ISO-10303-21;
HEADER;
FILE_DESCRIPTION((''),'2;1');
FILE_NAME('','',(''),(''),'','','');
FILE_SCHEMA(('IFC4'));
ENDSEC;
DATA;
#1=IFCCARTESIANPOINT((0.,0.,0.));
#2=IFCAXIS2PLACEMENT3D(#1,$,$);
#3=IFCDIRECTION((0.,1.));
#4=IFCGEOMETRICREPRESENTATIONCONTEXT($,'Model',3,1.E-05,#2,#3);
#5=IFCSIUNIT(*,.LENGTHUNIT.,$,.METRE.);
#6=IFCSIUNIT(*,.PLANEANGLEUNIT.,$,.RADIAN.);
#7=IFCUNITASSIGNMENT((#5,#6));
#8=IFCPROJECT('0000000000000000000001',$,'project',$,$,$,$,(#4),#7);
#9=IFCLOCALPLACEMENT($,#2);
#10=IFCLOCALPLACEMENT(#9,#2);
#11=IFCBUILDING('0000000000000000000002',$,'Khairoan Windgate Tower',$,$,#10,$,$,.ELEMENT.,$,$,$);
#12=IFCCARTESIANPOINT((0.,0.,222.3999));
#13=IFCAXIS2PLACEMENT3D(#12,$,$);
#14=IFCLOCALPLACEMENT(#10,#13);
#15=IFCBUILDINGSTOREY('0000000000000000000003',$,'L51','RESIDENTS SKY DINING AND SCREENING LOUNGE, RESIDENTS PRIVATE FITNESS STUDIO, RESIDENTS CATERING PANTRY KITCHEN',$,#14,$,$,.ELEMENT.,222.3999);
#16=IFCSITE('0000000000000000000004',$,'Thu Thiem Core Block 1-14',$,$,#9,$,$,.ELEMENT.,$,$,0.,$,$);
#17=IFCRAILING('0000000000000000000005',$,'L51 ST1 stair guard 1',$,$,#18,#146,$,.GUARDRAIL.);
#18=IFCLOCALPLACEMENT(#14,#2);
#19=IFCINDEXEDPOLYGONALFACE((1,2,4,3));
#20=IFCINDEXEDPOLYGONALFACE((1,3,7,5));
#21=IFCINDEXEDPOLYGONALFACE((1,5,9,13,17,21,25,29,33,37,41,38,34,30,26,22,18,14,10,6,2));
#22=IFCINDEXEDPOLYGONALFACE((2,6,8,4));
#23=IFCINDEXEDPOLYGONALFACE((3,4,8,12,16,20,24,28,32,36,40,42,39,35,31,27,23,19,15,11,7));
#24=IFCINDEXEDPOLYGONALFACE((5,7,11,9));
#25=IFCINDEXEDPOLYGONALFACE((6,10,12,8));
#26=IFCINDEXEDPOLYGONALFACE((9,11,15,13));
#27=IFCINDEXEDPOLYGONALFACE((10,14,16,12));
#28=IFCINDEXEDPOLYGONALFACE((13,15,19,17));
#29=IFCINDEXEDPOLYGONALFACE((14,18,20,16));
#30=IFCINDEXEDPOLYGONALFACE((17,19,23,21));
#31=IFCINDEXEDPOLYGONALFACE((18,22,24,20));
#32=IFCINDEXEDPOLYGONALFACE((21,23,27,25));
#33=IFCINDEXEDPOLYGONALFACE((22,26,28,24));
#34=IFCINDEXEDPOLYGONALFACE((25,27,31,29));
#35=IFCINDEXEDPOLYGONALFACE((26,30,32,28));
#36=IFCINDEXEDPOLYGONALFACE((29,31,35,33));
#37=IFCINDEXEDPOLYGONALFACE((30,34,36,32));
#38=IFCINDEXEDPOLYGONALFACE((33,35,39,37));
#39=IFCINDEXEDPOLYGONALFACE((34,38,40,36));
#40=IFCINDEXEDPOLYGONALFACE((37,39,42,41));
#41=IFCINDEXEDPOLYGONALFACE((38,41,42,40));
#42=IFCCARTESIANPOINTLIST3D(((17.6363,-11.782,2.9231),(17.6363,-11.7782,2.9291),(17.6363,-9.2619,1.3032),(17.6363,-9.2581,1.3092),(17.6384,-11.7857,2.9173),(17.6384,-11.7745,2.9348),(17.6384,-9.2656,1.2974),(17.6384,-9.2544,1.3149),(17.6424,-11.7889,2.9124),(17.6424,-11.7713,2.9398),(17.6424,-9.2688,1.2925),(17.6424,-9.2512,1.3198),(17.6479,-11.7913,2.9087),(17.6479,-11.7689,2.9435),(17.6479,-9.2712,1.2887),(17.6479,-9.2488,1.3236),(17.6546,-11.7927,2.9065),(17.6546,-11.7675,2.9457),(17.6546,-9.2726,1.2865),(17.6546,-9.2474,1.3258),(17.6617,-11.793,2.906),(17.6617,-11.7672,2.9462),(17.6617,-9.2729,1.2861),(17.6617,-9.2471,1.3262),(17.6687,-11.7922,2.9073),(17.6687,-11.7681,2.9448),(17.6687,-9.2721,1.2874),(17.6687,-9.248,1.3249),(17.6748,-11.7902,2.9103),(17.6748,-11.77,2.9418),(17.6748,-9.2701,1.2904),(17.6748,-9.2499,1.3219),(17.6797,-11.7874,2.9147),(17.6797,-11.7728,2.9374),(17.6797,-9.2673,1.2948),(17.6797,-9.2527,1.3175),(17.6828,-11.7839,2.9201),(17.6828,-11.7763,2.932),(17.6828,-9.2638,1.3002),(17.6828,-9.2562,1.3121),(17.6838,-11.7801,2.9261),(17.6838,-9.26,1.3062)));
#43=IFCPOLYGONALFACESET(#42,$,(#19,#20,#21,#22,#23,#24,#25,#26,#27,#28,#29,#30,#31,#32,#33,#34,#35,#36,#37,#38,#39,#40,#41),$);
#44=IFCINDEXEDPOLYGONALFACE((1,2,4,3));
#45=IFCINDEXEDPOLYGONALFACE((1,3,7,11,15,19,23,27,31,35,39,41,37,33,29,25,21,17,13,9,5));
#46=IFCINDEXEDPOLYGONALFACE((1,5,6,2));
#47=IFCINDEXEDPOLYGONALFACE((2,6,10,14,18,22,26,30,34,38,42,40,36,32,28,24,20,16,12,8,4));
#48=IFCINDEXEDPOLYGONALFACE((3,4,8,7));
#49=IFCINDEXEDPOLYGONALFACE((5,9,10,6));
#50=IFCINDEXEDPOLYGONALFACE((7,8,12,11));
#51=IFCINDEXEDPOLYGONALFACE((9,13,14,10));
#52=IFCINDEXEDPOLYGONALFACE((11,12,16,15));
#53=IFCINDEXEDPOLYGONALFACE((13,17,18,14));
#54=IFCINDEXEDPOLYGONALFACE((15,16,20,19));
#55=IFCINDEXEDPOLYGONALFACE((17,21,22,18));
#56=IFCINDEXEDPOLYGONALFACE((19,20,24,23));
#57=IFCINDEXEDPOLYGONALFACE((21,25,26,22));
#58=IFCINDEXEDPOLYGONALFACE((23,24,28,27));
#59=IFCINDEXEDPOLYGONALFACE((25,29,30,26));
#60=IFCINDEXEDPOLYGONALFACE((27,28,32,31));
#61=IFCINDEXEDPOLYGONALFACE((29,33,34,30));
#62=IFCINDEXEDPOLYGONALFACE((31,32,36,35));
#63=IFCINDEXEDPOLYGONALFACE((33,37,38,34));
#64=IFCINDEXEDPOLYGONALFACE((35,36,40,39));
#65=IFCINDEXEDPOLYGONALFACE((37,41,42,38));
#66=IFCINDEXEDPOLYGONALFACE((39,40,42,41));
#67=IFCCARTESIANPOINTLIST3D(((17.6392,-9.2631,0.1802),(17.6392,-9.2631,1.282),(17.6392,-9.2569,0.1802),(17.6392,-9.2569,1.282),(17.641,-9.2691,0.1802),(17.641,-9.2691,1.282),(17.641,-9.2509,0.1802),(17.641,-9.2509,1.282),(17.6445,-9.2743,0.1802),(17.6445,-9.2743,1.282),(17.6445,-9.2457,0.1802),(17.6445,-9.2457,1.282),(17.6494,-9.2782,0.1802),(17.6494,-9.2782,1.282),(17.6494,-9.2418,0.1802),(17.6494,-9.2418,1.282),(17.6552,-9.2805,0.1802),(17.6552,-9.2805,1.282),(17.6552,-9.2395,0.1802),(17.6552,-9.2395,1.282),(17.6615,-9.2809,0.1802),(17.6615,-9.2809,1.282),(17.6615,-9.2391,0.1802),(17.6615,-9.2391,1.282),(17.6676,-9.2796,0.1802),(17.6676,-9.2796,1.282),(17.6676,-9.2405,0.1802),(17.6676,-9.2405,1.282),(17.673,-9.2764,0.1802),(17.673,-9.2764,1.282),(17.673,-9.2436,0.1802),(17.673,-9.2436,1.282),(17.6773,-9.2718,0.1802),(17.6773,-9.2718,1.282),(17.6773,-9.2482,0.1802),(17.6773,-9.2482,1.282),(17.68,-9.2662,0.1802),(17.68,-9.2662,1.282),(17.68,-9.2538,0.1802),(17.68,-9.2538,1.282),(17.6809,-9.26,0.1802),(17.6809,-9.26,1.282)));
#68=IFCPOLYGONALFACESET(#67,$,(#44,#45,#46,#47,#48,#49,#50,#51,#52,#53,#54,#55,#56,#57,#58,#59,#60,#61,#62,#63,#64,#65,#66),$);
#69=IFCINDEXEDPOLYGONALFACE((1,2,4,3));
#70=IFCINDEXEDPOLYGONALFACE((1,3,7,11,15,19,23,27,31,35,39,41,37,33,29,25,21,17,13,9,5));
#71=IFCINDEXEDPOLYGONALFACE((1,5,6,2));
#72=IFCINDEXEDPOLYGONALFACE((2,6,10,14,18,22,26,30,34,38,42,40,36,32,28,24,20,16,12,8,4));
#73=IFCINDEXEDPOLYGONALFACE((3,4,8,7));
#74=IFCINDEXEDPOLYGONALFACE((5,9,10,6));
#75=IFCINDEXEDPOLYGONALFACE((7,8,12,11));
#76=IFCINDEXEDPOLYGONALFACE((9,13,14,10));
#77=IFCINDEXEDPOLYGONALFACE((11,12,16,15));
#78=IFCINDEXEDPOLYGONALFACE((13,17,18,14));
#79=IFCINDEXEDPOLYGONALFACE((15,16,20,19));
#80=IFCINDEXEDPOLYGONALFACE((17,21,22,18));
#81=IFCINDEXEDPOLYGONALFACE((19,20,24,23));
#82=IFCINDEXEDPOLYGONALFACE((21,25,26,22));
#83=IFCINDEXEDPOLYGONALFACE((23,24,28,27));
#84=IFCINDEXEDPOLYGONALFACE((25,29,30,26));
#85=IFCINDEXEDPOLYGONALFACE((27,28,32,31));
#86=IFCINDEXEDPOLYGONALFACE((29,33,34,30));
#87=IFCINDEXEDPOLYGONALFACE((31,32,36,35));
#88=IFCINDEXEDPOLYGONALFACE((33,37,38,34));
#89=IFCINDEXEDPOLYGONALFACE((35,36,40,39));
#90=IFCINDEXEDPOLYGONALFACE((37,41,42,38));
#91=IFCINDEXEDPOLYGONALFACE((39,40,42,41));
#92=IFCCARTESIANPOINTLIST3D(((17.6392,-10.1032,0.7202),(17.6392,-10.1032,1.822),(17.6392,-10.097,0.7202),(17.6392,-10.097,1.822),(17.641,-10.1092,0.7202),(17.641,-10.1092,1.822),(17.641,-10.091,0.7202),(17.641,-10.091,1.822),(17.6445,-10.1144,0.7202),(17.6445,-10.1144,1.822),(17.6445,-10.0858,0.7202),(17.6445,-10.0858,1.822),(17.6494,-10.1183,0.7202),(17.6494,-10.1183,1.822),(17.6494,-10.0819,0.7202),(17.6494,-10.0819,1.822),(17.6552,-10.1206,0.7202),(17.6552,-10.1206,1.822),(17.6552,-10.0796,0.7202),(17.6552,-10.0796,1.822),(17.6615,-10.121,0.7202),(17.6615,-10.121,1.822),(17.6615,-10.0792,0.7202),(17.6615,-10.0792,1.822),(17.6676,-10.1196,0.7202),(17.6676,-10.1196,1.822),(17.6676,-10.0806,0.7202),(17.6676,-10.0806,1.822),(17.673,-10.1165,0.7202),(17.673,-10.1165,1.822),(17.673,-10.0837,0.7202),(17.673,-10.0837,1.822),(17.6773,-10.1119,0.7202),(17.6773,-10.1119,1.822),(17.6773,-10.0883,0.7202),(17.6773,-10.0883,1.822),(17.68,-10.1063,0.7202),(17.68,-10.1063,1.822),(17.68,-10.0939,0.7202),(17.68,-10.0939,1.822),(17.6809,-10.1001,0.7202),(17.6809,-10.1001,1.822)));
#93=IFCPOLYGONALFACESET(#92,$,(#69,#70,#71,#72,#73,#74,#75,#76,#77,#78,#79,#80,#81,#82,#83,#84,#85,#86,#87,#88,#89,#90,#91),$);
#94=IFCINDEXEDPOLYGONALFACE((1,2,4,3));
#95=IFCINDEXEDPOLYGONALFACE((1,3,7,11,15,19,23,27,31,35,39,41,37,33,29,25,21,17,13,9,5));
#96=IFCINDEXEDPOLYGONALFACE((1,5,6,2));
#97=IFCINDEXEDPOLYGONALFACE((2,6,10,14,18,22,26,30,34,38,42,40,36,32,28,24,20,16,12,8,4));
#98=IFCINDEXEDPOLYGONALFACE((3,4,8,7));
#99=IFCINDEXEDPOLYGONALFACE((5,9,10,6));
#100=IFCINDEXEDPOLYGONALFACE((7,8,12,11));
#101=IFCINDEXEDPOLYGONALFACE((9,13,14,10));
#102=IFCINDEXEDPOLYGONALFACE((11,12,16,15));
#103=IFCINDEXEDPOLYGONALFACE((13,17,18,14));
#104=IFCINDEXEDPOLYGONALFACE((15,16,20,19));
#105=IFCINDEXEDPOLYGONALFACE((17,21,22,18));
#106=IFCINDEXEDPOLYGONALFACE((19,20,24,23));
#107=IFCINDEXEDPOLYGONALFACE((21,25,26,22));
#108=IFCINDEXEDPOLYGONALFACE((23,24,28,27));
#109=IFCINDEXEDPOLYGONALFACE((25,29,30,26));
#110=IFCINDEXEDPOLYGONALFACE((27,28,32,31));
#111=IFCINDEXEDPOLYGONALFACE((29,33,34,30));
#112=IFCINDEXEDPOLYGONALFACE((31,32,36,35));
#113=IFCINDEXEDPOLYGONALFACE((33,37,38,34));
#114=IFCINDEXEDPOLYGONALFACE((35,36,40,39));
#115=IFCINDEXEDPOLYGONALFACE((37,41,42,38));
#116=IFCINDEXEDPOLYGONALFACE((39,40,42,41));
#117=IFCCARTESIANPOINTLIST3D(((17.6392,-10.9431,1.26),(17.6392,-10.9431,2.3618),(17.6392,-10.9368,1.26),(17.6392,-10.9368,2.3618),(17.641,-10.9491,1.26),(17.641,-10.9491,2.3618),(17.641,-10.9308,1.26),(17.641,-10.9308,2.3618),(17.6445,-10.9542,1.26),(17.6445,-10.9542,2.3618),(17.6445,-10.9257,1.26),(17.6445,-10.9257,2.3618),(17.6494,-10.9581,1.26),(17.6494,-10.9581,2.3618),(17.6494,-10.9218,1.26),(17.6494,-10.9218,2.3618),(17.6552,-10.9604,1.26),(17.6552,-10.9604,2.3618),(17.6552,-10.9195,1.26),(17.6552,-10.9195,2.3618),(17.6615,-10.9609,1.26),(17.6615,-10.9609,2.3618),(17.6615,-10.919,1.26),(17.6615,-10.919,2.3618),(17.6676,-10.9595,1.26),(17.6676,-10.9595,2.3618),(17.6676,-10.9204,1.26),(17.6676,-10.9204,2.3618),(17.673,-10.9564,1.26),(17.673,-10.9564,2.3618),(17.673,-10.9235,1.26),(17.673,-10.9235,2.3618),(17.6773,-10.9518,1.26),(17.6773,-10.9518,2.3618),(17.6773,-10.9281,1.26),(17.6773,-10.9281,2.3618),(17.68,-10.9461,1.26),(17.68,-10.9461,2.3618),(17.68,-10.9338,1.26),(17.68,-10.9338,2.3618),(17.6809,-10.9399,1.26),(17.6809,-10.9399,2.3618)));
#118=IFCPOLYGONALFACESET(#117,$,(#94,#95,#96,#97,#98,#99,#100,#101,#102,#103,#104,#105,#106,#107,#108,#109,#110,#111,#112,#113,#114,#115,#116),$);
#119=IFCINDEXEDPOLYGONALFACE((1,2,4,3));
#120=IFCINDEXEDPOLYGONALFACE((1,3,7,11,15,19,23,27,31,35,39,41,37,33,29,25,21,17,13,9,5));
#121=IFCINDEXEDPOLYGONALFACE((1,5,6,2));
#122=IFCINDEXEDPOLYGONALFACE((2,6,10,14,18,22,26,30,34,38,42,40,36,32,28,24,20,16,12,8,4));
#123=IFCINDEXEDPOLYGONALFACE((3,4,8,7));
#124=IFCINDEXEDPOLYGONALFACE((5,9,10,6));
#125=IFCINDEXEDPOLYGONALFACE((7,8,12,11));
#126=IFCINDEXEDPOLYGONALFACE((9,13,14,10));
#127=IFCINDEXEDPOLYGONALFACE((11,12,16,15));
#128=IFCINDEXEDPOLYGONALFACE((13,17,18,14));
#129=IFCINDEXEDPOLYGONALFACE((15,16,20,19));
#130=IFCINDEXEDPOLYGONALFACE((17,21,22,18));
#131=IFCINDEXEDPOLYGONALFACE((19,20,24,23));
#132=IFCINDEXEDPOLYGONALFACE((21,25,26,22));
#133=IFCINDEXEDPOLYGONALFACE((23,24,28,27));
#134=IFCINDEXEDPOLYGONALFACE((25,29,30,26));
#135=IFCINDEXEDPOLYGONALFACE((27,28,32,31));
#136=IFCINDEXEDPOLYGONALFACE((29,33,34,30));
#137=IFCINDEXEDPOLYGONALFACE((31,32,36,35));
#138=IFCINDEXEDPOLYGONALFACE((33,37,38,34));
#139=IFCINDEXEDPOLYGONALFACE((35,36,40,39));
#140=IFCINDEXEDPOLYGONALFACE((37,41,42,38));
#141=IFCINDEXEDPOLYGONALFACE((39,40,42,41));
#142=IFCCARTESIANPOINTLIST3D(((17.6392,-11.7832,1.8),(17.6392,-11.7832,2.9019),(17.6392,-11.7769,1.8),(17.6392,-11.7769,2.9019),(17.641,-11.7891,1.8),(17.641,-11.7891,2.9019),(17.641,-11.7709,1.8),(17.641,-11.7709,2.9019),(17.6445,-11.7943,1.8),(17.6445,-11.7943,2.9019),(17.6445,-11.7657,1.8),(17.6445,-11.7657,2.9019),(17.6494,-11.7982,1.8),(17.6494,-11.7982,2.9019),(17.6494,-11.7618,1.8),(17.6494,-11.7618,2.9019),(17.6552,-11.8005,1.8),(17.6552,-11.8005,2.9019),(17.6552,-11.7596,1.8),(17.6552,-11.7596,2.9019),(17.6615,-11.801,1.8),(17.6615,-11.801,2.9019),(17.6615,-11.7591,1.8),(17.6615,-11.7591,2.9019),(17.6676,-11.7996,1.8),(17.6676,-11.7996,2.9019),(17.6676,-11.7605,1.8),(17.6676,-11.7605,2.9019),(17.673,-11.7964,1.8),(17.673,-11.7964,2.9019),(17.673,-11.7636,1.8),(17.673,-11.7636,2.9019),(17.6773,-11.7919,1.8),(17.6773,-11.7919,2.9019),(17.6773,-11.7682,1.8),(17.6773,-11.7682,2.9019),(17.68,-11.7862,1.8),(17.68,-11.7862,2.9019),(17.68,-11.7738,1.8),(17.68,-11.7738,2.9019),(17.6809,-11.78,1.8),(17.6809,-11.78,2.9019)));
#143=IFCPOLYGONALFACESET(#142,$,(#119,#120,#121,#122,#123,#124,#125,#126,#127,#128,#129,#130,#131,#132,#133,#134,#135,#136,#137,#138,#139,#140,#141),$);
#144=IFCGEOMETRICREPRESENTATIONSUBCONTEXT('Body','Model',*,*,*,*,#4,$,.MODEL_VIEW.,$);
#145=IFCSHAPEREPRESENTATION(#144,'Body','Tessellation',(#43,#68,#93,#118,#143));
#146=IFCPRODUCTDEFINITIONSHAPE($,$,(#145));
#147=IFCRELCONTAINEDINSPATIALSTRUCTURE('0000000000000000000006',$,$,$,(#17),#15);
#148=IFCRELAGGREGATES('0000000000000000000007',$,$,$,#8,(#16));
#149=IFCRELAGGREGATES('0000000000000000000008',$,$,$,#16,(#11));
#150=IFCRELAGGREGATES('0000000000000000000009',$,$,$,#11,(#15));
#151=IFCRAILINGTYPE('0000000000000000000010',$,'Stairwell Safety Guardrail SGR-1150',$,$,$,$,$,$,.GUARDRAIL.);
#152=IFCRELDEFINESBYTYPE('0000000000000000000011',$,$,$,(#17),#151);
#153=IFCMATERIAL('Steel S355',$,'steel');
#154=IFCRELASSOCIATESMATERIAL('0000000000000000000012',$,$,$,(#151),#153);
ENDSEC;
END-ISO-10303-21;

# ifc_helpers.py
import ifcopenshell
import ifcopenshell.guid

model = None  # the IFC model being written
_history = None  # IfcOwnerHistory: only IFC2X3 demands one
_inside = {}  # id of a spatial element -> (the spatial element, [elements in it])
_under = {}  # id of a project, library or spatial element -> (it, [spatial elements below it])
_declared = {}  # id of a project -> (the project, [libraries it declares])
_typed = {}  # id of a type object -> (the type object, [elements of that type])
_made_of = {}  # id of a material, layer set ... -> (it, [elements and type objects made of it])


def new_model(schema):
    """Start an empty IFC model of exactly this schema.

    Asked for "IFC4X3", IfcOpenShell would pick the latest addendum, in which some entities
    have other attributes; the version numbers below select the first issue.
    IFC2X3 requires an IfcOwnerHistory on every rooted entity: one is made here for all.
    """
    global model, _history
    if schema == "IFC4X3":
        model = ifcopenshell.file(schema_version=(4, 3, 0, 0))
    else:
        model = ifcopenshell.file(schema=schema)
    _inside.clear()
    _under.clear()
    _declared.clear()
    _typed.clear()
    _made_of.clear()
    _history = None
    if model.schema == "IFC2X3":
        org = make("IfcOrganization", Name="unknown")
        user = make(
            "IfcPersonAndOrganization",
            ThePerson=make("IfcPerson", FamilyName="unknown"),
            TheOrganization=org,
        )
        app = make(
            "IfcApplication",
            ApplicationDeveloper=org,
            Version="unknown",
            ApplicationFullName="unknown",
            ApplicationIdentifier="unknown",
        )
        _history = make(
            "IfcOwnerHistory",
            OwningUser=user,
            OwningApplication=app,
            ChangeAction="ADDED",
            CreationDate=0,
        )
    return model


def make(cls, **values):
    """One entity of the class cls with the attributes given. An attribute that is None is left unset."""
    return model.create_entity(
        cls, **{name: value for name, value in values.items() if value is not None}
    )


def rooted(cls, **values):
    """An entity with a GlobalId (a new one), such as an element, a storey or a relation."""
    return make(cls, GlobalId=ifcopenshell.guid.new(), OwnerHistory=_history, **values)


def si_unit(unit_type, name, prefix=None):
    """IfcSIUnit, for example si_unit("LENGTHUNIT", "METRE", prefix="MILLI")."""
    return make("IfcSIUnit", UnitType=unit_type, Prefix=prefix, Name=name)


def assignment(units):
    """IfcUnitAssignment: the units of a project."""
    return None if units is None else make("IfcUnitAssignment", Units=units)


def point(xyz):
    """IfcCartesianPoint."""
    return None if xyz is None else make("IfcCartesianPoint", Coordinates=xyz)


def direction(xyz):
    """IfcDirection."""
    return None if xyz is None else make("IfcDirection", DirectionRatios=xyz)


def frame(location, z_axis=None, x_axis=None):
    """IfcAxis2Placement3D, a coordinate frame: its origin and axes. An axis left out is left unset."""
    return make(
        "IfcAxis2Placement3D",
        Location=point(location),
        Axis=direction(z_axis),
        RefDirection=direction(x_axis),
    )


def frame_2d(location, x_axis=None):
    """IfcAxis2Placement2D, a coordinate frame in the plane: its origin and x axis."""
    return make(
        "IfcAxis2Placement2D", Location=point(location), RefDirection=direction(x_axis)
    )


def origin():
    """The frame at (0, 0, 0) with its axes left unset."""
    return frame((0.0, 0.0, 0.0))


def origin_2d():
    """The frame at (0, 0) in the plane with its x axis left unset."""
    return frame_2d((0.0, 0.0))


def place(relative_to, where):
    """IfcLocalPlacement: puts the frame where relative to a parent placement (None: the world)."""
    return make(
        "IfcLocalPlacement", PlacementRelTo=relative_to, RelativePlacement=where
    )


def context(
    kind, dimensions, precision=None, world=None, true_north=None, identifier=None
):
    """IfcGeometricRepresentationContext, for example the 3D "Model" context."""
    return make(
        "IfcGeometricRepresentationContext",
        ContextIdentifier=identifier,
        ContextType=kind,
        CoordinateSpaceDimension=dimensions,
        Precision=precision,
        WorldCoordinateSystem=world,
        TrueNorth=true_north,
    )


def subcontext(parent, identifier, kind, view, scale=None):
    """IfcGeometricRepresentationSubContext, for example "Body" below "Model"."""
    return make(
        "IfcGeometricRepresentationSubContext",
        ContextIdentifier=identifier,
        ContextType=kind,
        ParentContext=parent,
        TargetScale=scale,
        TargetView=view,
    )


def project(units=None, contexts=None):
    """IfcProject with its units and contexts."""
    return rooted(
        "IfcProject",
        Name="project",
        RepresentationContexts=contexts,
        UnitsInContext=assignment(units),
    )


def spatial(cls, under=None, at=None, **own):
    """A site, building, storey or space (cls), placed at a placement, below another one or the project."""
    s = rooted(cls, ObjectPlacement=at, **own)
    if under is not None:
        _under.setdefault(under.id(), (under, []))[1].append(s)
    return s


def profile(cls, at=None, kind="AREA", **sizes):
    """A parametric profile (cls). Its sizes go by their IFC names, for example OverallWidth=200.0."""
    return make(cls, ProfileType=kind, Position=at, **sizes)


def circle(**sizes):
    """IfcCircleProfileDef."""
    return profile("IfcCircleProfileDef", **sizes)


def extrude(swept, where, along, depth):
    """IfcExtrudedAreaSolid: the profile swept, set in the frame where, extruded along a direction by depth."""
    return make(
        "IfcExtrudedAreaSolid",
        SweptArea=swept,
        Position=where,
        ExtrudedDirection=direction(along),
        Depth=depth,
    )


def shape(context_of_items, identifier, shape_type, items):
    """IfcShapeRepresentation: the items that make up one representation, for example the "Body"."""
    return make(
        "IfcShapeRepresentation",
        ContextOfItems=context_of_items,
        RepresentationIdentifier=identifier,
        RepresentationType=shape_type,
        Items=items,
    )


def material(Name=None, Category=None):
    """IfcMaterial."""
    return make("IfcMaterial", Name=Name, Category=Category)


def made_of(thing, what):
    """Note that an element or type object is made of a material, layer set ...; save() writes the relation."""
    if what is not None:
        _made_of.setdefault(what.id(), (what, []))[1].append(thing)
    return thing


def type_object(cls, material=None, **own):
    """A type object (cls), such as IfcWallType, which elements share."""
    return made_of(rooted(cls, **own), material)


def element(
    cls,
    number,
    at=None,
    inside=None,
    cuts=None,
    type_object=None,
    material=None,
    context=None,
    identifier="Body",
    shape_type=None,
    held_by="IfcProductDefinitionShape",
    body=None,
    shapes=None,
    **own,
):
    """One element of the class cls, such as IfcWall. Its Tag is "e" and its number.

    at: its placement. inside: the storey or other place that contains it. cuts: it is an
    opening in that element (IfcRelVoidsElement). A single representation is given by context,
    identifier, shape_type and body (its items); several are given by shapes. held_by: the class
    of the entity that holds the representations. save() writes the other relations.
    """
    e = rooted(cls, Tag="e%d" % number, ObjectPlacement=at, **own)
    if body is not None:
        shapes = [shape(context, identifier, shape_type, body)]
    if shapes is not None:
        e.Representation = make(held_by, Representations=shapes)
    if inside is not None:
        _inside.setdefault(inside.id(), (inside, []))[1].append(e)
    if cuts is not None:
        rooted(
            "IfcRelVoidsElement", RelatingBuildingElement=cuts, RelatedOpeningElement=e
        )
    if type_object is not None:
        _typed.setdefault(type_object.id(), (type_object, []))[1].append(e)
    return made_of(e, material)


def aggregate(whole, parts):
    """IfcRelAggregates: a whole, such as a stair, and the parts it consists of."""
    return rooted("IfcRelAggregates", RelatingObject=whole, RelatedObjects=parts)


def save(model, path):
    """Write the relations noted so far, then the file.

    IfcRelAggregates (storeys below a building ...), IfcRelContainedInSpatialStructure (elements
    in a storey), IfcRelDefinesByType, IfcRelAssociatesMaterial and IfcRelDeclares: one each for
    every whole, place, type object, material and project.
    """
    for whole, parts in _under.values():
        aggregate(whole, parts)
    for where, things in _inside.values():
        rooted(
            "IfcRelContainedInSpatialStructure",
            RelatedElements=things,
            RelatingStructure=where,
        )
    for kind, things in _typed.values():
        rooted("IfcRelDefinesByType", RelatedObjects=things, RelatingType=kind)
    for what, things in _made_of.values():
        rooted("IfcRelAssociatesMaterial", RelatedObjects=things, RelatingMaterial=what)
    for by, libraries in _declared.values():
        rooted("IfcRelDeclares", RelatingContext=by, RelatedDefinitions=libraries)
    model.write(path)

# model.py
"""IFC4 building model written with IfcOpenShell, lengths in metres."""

from ifc_helpers import new_model, si_unit, direction, frame, origin, origin_2d, place, context, subcontext, project, spatial, circle, extrude, material, type_object, element, save


model = new_model("IFC4")

# Units and contexts
model_context = context("Model", 3, precision=1e-05, world=origin(), true_north=direction((0.0, 1.0)))
body_context = subcontext(model_context, "Body", "Model", "MODEL_VIEW")
ifc_project = project(units=[si_unit("LENGTHUNIT", "METRE"), si_unit("PLANEANGLEUNIT", "RADIAN")], contexts=[model_context])

# Site, building, storey
site_placement = place(None, origin())
site = spatial("IfcSite", under=ifc_project, at=site_placement, Name="Thu Thiem Core Block 1-14", CompositionType="ELEMENT", RefElevation=0.0)
building_placement = place(site_placement, origin())
building = spatial("IfcBuilding", under=site, at=building_placement, Name="Khairoan Windgate Tower", CompositionType="ELEMENT")
storey_placement = place(building_placement, frame((0.0, 0.0, 222.3999)))
storey = spatial("IfcBuildingStorey", under=building, at=storey_placement, Name="L51", Description="RESIDENTS SKY DINING AND SCREENING LOUNGE, RESIDENTS PRIVATE FITNESS STUDIO, RESIDENTS CATERING PANTRY KITCHEN", CompositionType="ELEMENT", Elevation=222.3999)

# Railing
ifc_material_1 = material(Name="Steel S355", Category="steel")
railing_type_1 = type_object("IfcRailingType", Name="Stairwell Safety Guardrail SGR-1150", PredefinedType="GUARDRAIL", material=ifc_material_1)
railing_1_placement = place(storey_placement, frame((17.6599, -9.26, 0.1802)))
element("IfcRailing", 1, at=railing_1_placement, inside=storey, type_object=railing_type_1, Name="L51 ST1 stair guard 1", PredefinedType="GUARDRAIL", context=body_context, shape_type="SweptSolid", body=[
    extrude(circle(Radius=0.0239, at=origin_2d()), frame((0.0, 0.0, 1.126), z_axis=(0.0, -0.8412, 0.540725), x_axis=(1.0, 0.0, 0.0)), (0.0, 0.0, 1.0), 2.9958),
    extrude(circle(Radius=0.021, at=origin_2d()), origin(), (0.0, 0.0, 1.0), 1.1018),
    extrude(circle(Radius=0.021, at=origin_2d()), frame((0.0, -0.8401, 0.54)), (0.0, 0.0, 1.0), 1.1018),
    extrude(circle(Radius=0.021, at=origin_2d()), frame((0.0, -1.6799, 1.0798)), (0.0, 0.0, 1.0), 1.1018),
    extrude(circle(Radius=0.021, at=origin_2d()), frame((0.0, -2.52, 1.6199)), (0.0, 0.0, 1.0), 1.1018),
])

save(model, "model.ifc")
